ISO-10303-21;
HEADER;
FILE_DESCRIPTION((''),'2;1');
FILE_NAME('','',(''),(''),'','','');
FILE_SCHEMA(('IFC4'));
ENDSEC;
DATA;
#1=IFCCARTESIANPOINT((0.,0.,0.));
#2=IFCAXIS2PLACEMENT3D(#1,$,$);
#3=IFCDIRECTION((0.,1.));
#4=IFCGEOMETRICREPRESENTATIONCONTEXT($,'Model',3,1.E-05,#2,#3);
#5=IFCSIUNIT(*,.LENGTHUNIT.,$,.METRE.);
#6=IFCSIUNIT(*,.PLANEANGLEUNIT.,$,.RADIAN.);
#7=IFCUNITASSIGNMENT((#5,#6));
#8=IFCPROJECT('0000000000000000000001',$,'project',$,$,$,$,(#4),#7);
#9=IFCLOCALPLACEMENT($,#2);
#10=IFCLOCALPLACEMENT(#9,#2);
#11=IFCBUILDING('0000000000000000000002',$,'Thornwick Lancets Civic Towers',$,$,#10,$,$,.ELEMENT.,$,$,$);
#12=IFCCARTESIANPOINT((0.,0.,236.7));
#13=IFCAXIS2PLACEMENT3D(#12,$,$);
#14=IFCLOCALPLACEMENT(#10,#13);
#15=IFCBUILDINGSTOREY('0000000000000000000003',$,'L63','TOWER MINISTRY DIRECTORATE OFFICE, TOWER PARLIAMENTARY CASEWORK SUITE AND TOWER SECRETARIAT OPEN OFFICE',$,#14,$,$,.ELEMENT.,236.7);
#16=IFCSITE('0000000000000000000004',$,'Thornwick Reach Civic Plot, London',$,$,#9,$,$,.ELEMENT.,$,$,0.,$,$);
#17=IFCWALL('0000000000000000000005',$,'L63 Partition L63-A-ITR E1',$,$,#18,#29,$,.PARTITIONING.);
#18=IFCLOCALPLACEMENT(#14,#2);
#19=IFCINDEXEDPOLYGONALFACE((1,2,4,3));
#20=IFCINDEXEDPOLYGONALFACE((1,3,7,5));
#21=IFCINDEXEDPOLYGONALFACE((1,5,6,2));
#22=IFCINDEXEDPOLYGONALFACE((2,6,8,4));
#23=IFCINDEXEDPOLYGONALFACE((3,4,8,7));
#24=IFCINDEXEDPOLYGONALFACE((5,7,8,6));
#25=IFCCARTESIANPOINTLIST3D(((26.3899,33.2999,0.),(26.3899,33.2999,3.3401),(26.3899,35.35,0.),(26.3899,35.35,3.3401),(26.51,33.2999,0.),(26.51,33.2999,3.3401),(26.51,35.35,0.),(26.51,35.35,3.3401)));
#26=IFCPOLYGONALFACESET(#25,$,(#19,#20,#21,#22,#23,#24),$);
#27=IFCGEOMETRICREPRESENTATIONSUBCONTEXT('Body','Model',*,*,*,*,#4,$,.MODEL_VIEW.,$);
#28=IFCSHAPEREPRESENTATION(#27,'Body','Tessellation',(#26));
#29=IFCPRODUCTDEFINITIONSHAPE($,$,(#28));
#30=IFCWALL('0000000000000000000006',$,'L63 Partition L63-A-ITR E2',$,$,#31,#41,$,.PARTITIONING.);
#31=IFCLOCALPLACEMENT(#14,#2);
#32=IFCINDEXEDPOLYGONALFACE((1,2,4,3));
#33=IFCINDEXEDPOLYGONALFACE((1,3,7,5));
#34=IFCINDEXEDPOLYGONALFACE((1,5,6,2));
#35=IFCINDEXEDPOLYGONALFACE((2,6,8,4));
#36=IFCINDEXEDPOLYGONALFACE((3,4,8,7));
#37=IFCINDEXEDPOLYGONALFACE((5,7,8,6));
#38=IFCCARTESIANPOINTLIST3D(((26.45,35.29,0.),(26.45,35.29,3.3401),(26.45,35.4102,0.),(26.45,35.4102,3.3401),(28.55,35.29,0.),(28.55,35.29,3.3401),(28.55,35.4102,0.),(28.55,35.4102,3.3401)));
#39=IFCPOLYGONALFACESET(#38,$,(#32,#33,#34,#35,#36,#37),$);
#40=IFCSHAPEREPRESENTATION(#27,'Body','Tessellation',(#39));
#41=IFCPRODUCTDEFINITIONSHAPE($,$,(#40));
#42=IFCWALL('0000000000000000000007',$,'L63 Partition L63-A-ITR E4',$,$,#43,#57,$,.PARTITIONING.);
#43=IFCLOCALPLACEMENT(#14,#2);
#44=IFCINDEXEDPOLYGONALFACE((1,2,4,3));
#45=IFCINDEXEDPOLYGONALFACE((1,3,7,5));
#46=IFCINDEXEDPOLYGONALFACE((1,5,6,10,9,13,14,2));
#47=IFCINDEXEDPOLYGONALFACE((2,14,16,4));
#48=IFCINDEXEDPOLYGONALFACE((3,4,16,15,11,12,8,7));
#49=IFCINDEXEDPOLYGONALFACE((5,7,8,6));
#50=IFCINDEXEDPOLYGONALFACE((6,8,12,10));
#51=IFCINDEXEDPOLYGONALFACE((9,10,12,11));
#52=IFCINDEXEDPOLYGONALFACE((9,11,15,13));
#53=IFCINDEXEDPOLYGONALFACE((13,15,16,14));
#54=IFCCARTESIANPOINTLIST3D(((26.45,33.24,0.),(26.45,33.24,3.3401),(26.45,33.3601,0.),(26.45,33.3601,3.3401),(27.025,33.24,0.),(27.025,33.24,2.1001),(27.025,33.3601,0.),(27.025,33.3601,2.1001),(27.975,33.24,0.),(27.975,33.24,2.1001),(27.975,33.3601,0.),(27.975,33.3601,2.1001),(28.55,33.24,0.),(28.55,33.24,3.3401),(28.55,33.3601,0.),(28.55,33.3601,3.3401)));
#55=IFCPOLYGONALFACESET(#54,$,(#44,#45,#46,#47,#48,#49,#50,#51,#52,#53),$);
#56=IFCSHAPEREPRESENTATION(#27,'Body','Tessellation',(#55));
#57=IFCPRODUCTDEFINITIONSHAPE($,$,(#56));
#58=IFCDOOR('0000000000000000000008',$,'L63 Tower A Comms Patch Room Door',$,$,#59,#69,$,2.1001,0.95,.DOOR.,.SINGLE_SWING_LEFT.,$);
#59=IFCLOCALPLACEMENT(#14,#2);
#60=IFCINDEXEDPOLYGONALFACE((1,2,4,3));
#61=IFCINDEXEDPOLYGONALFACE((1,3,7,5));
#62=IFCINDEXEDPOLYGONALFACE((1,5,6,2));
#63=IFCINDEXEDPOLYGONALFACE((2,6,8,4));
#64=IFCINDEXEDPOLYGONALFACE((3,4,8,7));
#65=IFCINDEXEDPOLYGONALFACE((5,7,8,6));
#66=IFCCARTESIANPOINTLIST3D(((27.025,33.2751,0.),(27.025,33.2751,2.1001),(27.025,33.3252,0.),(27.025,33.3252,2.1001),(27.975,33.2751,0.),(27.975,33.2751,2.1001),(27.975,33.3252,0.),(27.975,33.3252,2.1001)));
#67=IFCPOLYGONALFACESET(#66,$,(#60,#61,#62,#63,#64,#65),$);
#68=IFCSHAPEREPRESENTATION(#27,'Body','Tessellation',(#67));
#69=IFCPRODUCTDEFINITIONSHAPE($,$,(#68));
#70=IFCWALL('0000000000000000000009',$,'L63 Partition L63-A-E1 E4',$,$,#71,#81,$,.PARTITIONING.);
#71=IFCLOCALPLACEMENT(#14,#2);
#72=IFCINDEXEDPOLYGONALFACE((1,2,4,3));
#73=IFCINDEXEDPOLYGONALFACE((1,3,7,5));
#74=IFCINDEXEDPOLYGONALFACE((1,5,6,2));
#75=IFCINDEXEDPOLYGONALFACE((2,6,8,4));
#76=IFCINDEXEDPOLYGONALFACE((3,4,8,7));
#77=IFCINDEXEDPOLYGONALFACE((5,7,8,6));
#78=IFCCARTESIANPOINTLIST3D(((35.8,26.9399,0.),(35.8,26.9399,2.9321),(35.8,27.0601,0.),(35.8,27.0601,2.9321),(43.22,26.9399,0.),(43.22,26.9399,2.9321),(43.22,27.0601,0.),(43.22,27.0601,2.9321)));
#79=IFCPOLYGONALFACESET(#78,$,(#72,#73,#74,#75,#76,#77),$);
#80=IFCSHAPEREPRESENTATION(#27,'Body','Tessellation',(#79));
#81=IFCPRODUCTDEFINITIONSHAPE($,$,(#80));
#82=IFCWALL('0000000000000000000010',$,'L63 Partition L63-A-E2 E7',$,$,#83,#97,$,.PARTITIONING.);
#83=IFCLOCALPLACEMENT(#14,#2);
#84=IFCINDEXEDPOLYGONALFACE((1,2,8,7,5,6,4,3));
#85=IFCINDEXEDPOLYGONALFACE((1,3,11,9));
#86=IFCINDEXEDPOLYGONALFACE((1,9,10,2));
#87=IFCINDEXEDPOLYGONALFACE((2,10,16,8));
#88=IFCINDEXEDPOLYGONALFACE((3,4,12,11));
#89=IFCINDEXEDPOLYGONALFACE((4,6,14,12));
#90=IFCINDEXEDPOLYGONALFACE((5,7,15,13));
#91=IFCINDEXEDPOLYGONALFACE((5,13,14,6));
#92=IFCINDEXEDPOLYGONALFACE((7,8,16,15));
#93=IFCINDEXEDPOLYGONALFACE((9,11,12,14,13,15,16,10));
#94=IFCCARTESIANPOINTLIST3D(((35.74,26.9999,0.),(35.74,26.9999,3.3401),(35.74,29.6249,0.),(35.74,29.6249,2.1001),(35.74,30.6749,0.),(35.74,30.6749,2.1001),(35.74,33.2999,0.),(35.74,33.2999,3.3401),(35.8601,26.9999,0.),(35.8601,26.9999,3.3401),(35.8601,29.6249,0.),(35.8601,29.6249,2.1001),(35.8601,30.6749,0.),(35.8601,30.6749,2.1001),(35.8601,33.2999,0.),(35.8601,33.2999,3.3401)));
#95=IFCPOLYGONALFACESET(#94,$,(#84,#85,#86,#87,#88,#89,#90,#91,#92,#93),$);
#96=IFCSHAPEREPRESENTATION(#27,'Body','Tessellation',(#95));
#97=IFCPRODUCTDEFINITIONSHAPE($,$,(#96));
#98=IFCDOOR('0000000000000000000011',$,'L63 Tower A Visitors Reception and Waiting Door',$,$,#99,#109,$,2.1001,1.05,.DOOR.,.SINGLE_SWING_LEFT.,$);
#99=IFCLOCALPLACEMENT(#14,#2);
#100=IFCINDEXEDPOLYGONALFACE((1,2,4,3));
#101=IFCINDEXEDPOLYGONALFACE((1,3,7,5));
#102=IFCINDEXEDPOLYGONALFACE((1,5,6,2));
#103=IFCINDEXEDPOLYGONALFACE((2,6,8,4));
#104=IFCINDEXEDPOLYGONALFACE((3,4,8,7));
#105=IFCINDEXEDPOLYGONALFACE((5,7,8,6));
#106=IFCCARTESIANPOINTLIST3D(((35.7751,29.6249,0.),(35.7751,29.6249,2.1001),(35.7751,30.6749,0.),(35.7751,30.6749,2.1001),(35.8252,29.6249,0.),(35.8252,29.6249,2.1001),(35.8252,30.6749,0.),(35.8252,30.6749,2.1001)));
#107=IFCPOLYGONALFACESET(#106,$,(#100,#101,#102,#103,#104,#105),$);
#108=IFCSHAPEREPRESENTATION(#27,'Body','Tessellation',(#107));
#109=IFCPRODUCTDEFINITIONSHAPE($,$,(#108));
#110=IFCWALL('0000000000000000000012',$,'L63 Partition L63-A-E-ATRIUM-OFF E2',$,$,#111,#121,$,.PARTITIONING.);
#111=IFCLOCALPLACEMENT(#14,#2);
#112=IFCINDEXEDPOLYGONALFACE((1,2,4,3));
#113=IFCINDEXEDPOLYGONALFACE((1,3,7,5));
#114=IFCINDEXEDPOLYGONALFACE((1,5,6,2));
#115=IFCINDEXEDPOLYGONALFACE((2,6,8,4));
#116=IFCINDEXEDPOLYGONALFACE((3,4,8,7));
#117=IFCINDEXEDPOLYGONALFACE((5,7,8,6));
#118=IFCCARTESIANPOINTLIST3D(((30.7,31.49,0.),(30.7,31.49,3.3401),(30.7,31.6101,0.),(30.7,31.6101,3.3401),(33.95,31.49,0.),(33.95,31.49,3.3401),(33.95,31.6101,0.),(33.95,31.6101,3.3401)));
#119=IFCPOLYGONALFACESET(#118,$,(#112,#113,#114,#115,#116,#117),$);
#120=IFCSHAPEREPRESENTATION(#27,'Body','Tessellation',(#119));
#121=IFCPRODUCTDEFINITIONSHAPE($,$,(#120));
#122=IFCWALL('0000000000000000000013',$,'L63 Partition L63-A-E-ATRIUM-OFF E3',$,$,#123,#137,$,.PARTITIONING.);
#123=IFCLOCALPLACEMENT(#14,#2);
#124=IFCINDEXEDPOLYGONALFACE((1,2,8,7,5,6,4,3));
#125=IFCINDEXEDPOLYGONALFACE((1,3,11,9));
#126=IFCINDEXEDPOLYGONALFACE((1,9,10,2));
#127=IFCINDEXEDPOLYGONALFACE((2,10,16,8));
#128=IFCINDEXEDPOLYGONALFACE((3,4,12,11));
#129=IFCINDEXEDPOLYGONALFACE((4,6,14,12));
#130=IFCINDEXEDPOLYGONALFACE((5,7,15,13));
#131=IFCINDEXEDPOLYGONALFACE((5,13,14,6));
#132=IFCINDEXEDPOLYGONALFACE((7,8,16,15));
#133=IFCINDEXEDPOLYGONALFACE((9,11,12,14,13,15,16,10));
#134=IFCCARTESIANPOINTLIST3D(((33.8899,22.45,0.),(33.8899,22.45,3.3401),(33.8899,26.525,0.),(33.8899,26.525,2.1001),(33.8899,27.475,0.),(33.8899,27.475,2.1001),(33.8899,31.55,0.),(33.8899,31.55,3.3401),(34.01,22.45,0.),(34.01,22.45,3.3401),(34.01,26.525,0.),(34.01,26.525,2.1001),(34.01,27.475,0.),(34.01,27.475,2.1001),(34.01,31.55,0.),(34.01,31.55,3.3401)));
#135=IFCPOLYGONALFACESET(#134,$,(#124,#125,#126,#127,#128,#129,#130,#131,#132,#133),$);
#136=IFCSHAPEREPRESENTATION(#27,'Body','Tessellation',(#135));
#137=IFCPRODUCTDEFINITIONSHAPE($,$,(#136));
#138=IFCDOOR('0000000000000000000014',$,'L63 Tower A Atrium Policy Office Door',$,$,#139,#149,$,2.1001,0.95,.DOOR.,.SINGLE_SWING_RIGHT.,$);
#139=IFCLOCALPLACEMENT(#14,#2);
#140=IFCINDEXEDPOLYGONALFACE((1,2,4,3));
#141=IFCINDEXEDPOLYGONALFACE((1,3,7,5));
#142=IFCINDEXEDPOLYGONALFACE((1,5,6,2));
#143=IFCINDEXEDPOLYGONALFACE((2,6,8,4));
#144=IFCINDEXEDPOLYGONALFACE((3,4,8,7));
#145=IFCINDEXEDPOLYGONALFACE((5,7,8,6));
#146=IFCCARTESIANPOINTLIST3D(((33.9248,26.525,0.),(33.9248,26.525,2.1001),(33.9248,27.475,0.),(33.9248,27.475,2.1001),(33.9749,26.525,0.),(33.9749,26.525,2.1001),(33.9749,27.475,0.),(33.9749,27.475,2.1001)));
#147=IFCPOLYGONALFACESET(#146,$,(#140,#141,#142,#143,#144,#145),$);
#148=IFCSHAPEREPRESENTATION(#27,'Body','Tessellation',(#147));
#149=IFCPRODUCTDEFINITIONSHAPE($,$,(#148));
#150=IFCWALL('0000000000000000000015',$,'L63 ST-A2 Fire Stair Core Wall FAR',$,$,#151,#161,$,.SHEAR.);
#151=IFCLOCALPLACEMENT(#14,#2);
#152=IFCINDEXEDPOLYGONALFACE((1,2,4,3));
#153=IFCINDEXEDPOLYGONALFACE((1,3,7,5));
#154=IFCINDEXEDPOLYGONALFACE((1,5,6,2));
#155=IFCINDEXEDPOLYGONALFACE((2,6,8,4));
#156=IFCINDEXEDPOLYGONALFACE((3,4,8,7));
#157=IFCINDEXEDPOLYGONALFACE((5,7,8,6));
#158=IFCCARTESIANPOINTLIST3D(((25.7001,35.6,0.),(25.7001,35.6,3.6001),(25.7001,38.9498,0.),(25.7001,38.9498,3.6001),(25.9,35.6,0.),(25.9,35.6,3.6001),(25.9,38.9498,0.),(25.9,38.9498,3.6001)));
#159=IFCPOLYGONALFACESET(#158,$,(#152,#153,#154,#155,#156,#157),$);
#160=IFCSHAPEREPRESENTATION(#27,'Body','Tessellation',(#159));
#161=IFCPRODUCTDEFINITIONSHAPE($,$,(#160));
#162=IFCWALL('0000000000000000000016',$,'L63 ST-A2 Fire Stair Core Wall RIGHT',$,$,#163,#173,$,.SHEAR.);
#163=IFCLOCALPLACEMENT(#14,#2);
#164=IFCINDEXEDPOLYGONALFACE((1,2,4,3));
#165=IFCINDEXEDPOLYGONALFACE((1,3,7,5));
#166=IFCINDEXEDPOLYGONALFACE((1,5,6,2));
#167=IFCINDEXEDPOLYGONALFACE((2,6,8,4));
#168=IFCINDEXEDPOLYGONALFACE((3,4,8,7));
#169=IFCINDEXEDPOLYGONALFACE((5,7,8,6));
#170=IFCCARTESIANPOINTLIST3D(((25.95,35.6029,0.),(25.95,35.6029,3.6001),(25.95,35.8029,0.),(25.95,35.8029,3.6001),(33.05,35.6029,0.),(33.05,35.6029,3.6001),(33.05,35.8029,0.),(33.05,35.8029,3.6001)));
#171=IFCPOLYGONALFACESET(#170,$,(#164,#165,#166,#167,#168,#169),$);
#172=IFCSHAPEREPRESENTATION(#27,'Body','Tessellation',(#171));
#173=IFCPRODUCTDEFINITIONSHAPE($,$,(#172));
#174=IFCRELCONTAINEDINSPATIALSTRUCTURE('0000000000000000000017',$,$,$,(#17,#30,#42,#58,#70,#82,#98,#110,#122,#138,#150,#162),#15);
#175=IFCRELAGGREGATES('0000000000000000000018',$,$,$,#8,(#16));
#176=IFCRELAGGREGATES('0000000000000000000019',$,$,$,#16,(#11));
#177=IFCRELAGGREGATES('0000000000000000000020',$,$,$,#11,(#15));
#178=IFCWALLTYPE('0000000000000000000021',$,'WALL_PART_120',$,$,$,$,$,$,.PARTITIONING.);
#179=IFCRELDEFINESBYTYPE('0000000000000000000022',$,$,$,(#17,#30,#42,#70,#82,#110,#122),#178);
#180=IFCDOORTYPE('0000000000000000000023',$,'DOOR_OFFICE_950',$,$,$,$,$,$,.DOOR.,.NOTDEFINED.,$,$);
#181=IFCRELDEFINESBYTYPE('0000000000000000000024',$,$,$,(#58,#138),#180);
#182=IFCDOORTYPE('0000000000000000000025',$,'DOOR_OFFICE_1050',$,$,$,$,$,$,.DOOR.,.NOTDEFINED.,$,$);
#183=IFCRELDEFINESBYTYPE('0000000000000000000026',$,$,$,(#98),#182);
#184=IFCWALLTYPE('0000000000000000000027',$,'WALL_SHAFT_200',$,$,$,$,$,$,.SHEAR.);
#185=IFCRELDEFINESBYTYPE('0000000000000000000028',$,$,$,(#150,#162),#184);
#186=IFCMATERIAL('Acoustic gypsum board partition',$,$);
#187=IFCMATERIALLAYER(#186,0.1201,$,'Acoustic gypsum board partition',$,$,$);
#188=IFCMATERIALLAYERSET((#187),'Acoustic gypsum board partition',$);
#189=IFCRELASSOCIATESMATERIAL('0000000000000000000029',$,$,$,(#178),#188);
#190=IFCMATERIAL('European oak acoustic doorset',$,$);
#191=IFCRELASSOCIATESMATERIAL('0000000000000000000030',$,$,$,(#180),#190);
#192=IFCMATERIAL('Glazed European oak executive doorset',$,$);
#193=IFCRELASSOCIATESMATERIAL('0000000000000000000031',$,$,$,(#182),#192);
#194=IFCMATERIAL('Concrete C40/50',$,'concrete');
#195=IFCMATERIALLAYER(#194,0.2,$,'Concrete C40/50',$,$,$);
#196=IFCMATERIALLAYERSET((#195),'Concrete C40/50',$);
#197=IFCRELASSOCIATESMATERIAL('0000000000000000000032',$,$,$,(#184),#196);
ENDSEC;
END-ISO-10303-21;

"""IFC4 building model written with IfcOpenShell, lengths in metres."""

from ifc_helpers import new_model, si_unit, direction, frame, frame_2d, origin, place, context, subcontext, project, spatial, rectangle, extrude, material, layer, layer_set, type_object, element, fill, save


model = new_model("IFC4")

# Units and contexts
model_context = context("Model", 3, precision=1e-05, world=origin(), true_north=direction((0.0, 1.0)))
body_context = subcontext(model_context, "Body", "Model", "MODEL_VIEW")
ifc_project = project(units=[si_unit("LENGTHUNIT", "METRE"), si_unit("PLANEANGLEUNIT", "RADIAN")], contexts=[model_context])

# Site, building, storey
site_placement = place(None, origin())
site = spatial("IfcSite", under=ifc_project, at=site_placement, Name="Thornwick Reach Civic Plot, London", CompositionType="ELEMENT", RefElevation=0.0)
building_placement = place(site_placement, origin())
building = spatial("IfcBuilding", under=site, at=building_placement, Name="Thornwick Lancets Civic Towers", CompositionType="ELEMENT")
storey_placement = place(building_placement, frame((0.0, 0.0, 236.7)))
storey = spatial("IfcBuildingStorey", under=building, at=storey_placement, Name="L63", Description="TOWER MINISTRY DIRECTORATE OFFICE, TOWER PARLIAMENTARY CASEWORK SUITE AND TOWER SECRETARIAT OPEN OFFICE", CompositionType="ELEMENT", Elevation=236.7)

# Walls
ifc_material_1 = material(Name="Acoustic gypsum board partition")
ifc_layer_1 = layer(ifc_material_1, 0.1201, Name="Acoustic gypsum board partition")
ifc_layer_set_1 = layer_set([ifc_layer_1], Name="Acoustic gypsum board partition")
wall_type_1 = type_object("IfcWallType", Name="WALL_PART_120", PredefinedType="PARTITIONING", material=ifc_layer_set_1)
wall_1_placement = place(storey_placement, frame((26.45, 33.3, 0.0), z_axis=(0.0, 0.0, 1.0), x_axis=(0.0, 1.0, 0.0)))
element("IfcWall", 1, at=wall_1_placement, inside=storey, type_object=wall_type_1, Name="L63 Partition L63-A-ITR E1", PredefinedType="PARTITIONING", context=body_context, shape_type="SweptSolid", body=[
    extrude(rectangle(XDim=2.05, YDim=0.1201, at=frame_2d((1.0249, 0.0))), origin(), (0.0, 0.0, 1.0), 3.3401),
])
wall_2_placement = place(storey_placement, frame((26.45, 35.3501, 0.0), z_axis=(0.0, 0.0, 1.0), x_axis=(1.0, 0.0, 0.0)))
element("IfcWall", 2, at=wall_2_placement, inside=storey, type_object=wall_type_1, Name="L63 Partition L63-A-ITR E2", PredefinedType="PARTITIONING", context=body_context, shape_type="SweptSolid", body=[
    extrude(rectangle(XDim=2.1001, YDim=0.1201, at=frame_2d((1.05, 0.0))), origin(), (0.0, 0.0, 1.0), 3.3401),
])

# Wall, opening, door
wall_3_placement = place(storey_placement, frame((28.55, 33.3, 0.0), z_axis=(0.0, 0.0, 1.0), x_axis=(-1.0, 0.0, 0.0)))
wall_3 = element("IfcWall", 3, at=wall_3_placement, inside=storey, type_object=wall_type_1, Name="L63 Partition L63-A-ITR E4", PredefinedType="PARTITIONING", context=body_context, shape_type="SweptSolid", body=[
    extrude(rectangle(XDim=2.1001, YDim=0.1201, at=frame_2d((1.05, 0.0))), origin(), (0.0, 0.0, 1.0), 3.3401),
])
opening_1_placement = place(wall_3_placement, frame((0.575, 0.0, 0.0)))
opening_1 = element("IfcOpeningElement", 4, at=opening_1_placement, cuts=wall_3, PredefinedType="OPENING", context=body_context, shape_type="SweptSolid", body=[
    extrude(rectangle(XDim=0.95, YDim=2.1001, at=frame_2d((0.4751, 1.05))), frame((0.0, 0.0701, 0.0), z_axis=(0.0, -1.0, 0.0), x_axis=(1.0, 0.0, 0.0)), (0.0, 0.0, 1.0), 0.1401),
])
ifc_material_2 = material(Name="European oak acoustic doorset")
door_type_1 = type_object("IfcDoorType", Name="DOOR_OFFICE_950", OperationType="NOTDEFINED", PredefinedType="DOOR", material=ifc_material_2)
door_1_placement = place(opening_1_placement, origin())
door_1 = element("IfcDoor", 5, at=door_1_placement, inside=storey, type_object=door_type_1, Name="L63 Tower A Comms Patch Room Door", OperationType="SINGLE_SWING_LEFT", OverallHeight=2.1001, OverallWidth=0.95, PredefinedType="DOOR", context=body_context, shape_type="SweptSolid", body=[
    extrude(rectangle(XDim=0.95, YDim=2.1001, at=frame_2d((0.4751, 1.05))), frame((0.0, 0.0249, 0.0), z_axis=(0.0, -1.0, 0.0), x_axis=(1.0, 0.0, 0.0)), (0.0, 0.0, 1.0), 0.05),
])
fill(opening_1, door_1)

# Wall
wall_4_placement = place(storey_placement, frame((35.8, 27.0, 0.0), z_axis=(0.0, 0.0, 1.0), x_axis=(1.0, 0.0, 0.0)))
element("IfcWall", 6, at=wall_4_placement, inside=storey, type_object=wall_type_1, Name="L63 Partition L63-A-E1 E4", PredefinedType="PARTITIONING", context=body_context, shape_type="SweptSolid", body=[
    extrude(rectangle(XDim=7.4199, YDim=0.1201, at=frame_2d((3.71, 0.0))), origin(), (0.0, 0.0, 1.0), 2.9321),
])

# Wall, opening, door
wall_5_placement = place(storey_placement, frame((35.8, 27.0, 0.0), z_axis=(0.0, 0.0, 1.0), x_axis=(0.0, 1.0, 0.0)))
wall_5 = element("IfcWall", 7, at=wall_5_placement, inside=storey, type_object=wall_type_1, Name="L63 Partition L63-A-E2 E7", PredefinedType="PARTITIONING", context=body_context, shape_type="SweptSolid", body=[
    extrude(rectangle(XDim=6.3, YDim=0.1201, at=frame_2d((3.1499, 0.0))), origin(), (0.0, 0.0, 1.0), 3.3401),
])
opening_2_placement = place(wall_5_placement, frame((2.625, 0.0, 0.0)))
opening_2 = element("IfcOpeningElement", 8, at=opening_2_placement, cuts=wall_5, PredefinedType="OPENING", context=body_context, shape_type="SweptSolid", body=[
    extrude(rectangle(XDim=1.05, YDim=2.1001, at=frame_2d((0.5249, 1.05))), frame((0.0, 0.0701, 0.0), z_axis=(0.0, -1.0, 0.0), x_axis=(1.0, 0.0, 0.0)), (0.0, 0.0, 1.0), 0.1401),
])
ifc_material_3 = material(Name="Glazed European oak executive doorset")
door_type_2 = type_object("IfcDoorType", Name="DOOR_OFFICE_1050", OperationType="NOTDEFINED", PredefinedType="DOOR", material=ifc_material_3)
door_2_placement = place(opening_2_placement, origin())
door_2 = element("IfcDoor", 9, at=door_2_placement, inside=storey, type_object=door_type_2, Name="L63 Tower A Visitors Reception and Waiting Door", OperationType="SINGLE_SWING_LEFT", OverallHeight=2.1001, OverallWidth=1.05, PredefinedType="DOOR", context=body_context, shape_type="SweptSolid", body=[
    extrude(rectangle(XDim=1.05, YDim=2.1001, at=frame_2d((0.5249, 1.05))), frame((0.0, 0.0249, 0.0), z_axis=(0.0, -1.0, 0.0), x_axis=(1.0, 0.0, 0.0)), (0.0, 0.0, 1.0), 0.05),
])
fill(opening_2, door_2)

# Wall
wall_6_placement = place(storey_placement, frame((30.7, 31.55, 0.0), z_axis=(0.0, 0.0, 1.0), x_axis=(1.0, 0.0, 0.0)))
element("IfcWall", 10, at=wall_6_placement, inside=storey, type_object=wall_type_1, Name="L63 Partition L63-A-E-ATRIUM-OFF E2", PredefinedType="PARTITIONING", context=body_context, shape_type="SweptSolid", body=[
    extrude(rectangle(XDim=3.25, YDim=0.1201, at=frame_2d((1.625, 0.0))), origin(), (0.0, 0.0, 1.0), 3.3401),
])

# Wall, opening, door
wall_7_placement = place(storey_placement, frame((33.95, 31.55, 0.0), z_axis=(0.0, 0.0, 1.0), x_axis=(0.0, -1.0, 0.0)))
wall_7 = element("IfcWall", 11, at=wall_7_placement, inside=storey, type_object=wall_type_1, Name="L63 Partition L63-A-E-ATRIUM-OFF E3", PredefinedType="PARTITIONING", context=body_context, shape_type="SweptSolid", body=[
    extrude(rectangle(XDim=9.1001, YDim=0.1201, at=frame_2d((4.55, 0.0))), origin(), (0.0, 0.0, 1.0), 3.3401),
])
opening_3_placement = place(wall_7_placement, frame((4.075, 0.0, 0.0)))
opening_3 = element("IfcOpeningElement", 12, at=opening_3_placement, cuts=wall_7, PredefinedType="OPENING", context=body_context, shape_type="SweptSolid", body=[
    extrude(rectangle(XDim=0.95, YDim=2.1001, at=frame_2d((0.4751, 1.05))), frame((0.0, 0.0701, 0.0), z_axis=(0.0, -1.0, 0.0), x_axis=(1.0, 0.0, 0.0)), (0.0, 0.0, 1.0), 0.1401),
])
door_3_placement = place(opening_3_placement, origin())
door_3 = element("IfcDoor", 13, at=door_3_placement, inside=storey, type_object=door_type_1, Name="L63 Tower A Atrium Policy Office Door", OperationType="SINGLE_SWING_RIGHT", OverallHeight=2.1001, OverallWidth=0.95, PredefinedType="DOOR", context=body_context, shape_type="SweptSolid", body=[
    extrude(rectangle(XDim=0.95, YDim=2.1001, at=frame_2d((0.4751, 1.05))), frame((0.0, 0.0249, 0.0), z_axis=(0.0, -1.0, 0.0), x_axis=(1.0, 0.0, 0.0)), (0.0, 0.0, 1.0), 0.05),
])
fill(opening_3, door_3)

# Walls
ifc_material_4 = material(Name="Concrete C40/50", Category="concrete")
ifc_layer_2 = layer(ifc_material_4, 0.2, Name="Concrete C40/50")
ifc_layer_set_2 = layer_set([ifc_layer_2], Name="Concrete C40/50")
wall_type_2 = type_object("IfcWallType", Name="WALL_SHAFT_200", PredefinedType="SHEAR", material=ifc_layer_set_2)
wall_8_placement = place(storey_placement, frame((25.8, 35.6001, 0.0), z_axis=(0.0, 0.0, 1.0), x_axis=(0.0, 1.0, 0.0)))
element("IfcWall", 14, at=wall_8_placement, inside=storey, type_object=wall_type_2, Name="L63 ST-A2 Fire Stair Core Wall FAR", PredefinedType="SHEAR", context=body_context, shape_type="SweptSolid", body=[
    extrude(rectangle(XDim=3.3499, YDim=0.2, at=frame_2d((1.6748, 0.0))), origin(), (0.0, 0.0, 1.0), 3.6001),
])
wall_9_placement = place(storey_placement, frame((25.95, 35.7029, 0.0), z_axis=(0.0, 0.0, 1.0), x_axis=(1.0, 0.0, 0.0)))
element("IfcWall", 15, at=wall_9_placement, inside=storey, type_object=wall_type_2, Name="L63 ST-A2 Fire Stair Core Wall RIGHT", PredefinedType="SHEAR", context=body_context, shape_type="SweptSolid", body=[
    extrude(rectangle(XDim=7.1001, YDim=0.2, at=frame_2d((3.55, 0.0))), origin(), (0.0, 0.0, 1.0), 3.6001),
])

save(model, "model.ifc")
